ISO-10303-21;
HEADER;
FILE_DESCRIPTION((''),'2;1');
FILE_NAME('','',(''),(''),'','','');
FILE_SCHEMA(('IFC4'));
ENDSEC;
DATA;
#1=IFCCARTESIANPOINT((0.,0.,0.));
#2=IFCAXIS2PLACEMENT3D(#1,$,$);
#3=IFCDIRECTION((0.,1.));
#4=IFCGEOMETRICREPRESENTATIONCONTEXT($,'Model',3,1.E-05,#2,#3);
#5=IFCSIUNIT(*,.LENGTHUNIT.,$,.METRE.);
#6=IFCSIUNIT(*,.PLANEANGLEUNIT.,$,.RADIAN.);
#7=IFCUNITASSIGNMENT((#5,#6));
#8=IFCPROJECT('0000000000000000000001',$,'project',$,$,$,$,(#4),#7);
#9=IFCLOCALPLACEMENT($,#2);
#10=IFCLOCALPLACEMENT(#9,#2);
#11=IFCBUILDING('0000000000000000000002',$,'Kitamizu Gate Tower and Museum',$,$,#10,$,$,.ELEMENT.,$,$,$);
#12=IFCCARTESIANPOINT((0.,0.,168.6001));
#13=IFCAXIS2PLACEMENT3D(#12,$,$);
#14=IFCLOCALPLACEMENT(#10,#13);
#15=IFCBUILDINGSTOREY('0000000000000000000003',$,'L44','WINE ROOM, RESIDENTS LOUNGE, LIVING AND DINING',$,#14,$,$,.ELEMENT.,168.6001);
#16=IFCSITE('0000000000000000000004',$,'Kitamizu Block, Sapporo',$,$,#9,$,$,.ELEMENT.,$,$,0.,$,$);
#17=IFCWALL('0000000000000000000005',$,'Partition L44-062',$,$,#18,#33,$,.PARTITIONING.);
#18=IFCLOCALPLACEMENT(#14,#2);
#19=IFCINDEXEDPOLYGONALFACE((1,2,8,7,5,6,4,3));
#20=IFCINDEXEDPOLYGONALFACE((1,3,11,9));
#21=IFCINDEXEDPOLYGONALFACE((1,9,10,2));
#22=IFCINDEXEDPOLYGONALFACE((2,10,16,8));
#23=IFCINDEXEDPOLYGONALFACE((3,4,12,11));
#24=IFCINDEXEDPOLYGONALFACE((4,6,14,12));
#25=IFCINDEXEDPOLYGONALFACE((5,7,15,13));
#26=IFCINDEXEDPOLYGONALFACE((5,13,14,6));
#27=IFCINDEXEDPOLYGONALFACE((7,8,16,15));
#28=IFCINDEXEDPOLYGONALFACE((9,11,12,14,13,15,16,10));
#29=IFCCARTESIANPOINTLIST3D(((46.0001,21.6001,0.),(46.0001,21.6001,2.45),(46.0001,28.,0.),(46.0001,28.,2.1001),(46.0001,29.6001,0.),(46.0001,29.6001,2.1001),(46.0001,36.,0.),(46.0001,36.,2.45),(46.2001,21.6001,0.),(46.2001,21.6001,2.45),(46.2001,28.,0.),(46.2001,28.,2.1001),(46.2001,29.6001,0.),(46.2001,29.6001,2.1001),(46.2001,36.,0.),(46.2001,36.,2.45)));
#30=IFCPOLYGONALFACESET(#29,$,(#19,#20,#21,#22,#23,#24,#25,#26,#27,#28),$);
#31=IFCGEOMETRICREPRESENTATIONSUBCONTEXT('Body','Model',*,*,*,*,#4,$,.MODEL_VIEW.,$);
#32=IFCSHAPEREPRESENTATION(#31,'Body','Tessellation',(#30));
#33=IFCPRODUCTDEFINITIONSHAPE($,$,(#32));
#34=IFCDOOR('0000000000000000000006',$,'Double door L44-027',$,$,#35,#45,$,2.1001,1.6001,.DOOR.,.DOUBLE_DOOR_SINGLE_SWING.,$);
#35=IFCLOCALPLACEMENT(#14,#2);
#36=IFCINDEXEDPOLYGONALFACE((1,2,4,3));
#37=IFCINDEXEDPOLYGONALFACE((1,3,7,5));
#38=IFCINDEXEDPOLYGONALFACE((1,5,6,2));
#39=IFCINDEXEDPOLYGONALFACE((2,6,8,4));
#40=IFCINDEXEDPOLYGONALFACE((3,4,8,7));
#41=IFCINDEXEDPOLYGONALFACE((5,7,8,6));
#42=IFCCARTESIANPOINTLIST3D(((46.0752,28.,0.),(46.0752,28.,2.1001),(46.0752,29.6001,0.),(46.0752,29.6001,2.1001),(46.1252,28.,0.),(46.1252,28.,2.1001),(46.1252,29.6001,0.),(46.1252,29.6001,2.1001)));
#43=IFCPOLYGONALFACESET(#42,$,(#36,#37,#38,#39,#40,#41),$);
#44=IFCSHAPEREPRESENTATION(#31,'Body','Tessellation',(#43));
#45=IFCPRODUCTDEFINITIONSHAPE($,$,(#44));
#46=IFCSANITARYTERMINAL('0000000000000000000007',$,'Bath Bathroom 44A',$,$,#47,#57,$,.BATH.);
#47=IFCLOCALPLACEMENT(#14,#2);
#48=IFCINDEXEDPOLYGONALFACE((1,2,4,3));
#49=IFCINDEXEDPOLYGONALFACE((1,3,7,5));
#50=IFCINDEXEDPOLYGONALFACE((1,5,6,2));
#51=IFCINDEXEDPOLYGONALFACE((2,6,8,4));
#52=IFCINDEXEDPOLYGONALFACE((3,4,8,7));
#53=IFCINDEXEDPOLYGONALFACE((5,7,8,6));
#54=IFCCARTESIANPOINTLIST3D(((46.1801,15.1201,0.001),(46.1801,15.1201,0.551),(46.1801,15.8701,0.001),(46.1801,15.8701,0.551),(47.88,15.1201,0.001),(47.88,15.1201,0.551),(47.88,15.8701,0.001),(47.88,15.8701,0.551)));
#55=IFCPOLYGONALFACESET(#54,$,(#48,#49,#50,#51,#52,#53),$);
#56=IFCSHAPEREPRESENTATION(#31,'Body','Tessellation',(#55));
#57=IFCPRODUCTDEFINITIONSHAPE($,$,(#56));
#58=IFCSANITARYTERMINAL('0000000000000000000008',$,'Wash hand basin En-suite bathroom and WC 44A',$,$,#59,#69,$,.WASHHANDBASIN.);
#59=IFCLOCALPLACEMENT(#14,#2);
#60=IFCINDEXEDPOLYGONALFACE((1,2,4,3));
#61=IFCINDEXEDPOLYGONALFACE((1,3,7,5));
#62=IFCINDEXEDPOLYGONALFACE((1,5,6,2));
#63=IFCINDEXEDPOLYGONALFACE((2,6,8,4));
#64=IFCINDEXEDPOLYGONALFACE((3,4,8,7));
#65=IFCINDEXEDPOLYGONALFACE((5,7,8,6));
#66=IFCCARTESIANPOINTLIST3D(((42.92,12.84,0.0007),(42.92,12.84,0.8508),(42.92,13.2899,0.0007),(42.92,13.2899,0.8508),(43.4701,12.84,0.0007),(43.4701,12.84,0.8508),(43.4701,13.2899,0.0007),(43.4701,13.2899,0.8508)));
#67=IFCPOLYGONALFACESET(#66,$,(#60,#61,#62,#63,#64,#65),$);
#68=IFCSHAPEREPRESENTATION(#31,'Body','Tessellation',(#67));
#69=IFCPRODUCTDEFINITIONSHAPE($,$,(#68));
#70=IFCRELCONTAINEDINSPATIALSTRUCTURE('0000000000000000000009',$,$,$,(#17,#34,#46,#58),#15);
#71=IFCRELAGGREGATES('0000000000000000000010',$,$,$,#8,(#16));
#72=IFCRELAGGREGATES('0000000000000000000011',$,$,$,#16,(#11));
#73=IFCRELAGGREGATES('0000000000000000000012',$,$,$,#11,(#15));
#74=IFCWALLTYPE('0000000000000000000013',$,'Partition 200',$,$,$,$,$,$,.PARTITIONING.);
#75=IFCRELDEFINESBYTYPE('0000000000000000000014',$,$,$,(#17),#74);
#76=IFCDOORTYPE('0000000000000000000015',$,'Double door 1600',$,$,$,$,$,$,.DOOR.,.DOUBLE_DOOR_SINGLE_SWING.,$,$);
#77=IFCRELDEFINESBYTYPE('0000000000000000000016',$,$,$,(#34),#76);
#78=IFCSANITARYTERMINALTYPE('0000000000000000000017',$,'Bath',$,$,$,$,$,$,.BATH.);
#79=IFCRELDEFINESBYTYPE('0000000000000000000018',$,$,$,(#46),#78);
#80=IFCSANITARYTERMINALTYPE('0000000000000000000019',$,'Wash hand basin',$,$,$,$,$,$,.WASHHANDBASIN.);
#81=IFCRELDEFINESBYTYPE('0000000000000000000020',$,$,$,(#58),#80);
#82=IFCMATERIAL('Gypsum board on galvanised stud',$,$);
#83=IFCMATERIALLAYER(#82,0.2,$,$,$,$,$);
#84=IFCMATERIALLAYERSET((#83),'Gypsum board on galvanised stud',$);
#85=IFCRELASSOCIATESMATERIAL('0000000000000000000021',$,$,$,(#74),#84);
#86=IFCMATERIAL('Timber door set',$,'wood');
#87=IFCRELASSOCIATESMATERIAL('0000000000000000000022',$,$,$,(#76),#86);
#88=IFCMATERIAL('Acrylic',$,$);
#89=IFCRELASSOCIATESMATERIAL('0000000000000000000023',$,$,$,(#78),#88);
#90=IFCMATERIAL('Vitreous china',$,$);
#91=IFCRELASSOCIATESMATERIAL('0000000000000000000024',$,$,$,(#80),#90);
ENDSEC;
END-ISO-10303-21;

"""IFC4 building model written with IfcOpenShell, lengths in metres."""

from ifc_helpers import new_model, si_unit, direction, frame, frame_2d, origin, origin_2d, place, context, subcontext, project, spatial, rectangle, extrude, material, layer, layer_set, type_object, element, fill, save


model = new_model("IFC4")

# Units and contexts
model_context = context("Model", 3, precision=1e-05, world=origin(), true_north=direction((0.0, 1.0)))
body_context = subcontext(model_context, "Body", "Model", "MODEL_VIEW")
ifc_project = project(units=[si_unit("LENGTHUNIT", "METRE"), si_unit("PLANEANGLEUNIT", "RADIAN")], contexts=[model_context])

# Site, building, storey
site_placement = place(None, origin())
site = spatial("IfcSite", under=ifc_project, at=site_placement, Name="Kitamizu Block, Sapporo", CompositionType="ELEMENT", RefElevation=0.0)
building_placement = place(site_placement, origin())
building = spatial("IfcBuilding", under=site, at=building_placement, Name="Kitamizu Gate Tower and Museum", CompositionType="ELEMENT")
storey_placement = place(building_placement, frame((0.0, 0.0, 168.6001)))
storey = spatial("IfcBuildingStorey", under=building, at=storey_placement, Name="L44", Description="WINE ROOM, RESIDENTS LOUNGE, LIVING AND DINING", CompositionType="ELEMENT", Elevation=168.6001)

# Shared definitions
ifc_material_1 = material(Name="Gypsum board on galvanised stud")
ifc_layer_1 = layer(ifc_material_1, 0.2)
ifc_layer_set_1 = layer_set([ifc_layer_1], Name="Gypsum board on galvanised stud")
wall_type_1 = type_object("IfcWallType", Name="Partition 200", PredefinedType="PARTITIONING", material=ifc_layer_set_1)

# Wall, opening, door
wall_1_placement = place(storey_placement, frame((46.1001, 21.6001, 0.0), z_axis=(0.0, 0.0, 1.0), x_axis=(0.0, 1.0, 0.0)))
wall_1 = element("IfcWall", 1, at=wall_1_placement, inside=storey, type_object=wall_type_1, Name="Partition L44-062", PredefinedType="PARTITIONING", context=body_context, shape_type="SweptSolid", body=[
    extrude(rectangle(XDim=14.3999, YDim=0.2, at=frame_2d((7.2, 0.0))), origin(), (0.0, 0.0, 1.0), 2.45),
])
opening_1_placement = place(wall_1_placement, frame((6.3999, 0.0, 0.0)))
opening_1 = element("IfcOpeningElement", 2, at=opening_1_placement, cuts=wall_1, PredefinedType="OPENING", context=body_context, shape_type="SweptSolid", body=[
    extrude(rectangle(XDim=1.6001, YDim=2.1001, at=frame_2d((0.8, 1.05))), frame((0.0, 0.1099, 0.0), z_axis=(0.0, -1.0, 0.0), x_axis=(1.0, 0.0, 0.0)), (0.0, 0.0, 1.0), 0.22),
])
ifc_material_2 = material(Name="Timber door set", Category="wood")
door_type_1 = type_object("IfcDoorType", Name="Double door 1600", OperationType="DOUBLE_DOOR_SINGLE_SWING", PredefinedType="DOOR", material=ifc_material_2)
door_1_placement = place(opening_1_placement, origin())
door_1 = element("IfcDoor", 3, at=door_1_placement, inside=storey, type_object=door_type_1, Name="Double door L44-027", OperationType="DOUBLE_DOOR_SINGLE_SWING", OverallHeight=2.1001, OverallWidth=1.6001, PredefinedType="DOOR", context=body_context, shape_type="SweptSolid", body=[
    extrude(rectangle(XDim=1.6001, YDim=2.1001, at=frame_2d((0.8, 1.05))), frame((0.0, 0.0249, 0.0), z_axis=(0.0, -1.0, 0.0), x_axis=(1.0, 0.0, 0.0)), (0.0, 0.0, 1.0), 0.05),
])
fill(opening_1, door_1)

# Sanitary terminals
ifc_material_3 = material(Name="Acrylic")
sanitary_terminal_type_1 = type_object("IfcSanitaryTerminalType", Name="Bath", PredefinedType="BATH", material=ifc_material_3)
sanitary_terminal_1_placement = place(storey_placement, frame((47.03, 15.4951, 0.001), z_axis=(0.0, 0.0, 1.0), x_axis=(1.0, 0.0, 0.0)))
element("IfcSanitaryTerminal", 4, at=sanitary_terminal_1_placement, inside=storey, type_object=sanitary_terminal_type_1, Name="Bath Bathroom 44A", PredefinedType="BATH", context=body_context, shape_type="SweptSolid", body=[
    extrude(rectangle(XDim=1.7, YDim=0.75, at=origin_2d()), origin(), (0.0, 0.0, 1.0), 0.55),
])
ifc_material_4 = material(Name="Vitreous china")
sanitary_terminal_type_2 = type_object("IfcSanitaryTerminalType", Name="Wash hand basin", PredefinedType="WASHHANDBASIN", material=ifc_material_4)
sanitary_terminal_2_placement = place(storey_placement, frame((43.1951, 13.0649, 0.0007), z_axis=(0.0, 0.0, 1.0), x_axis=(1.0, 0.0, 0.0)))
element("IfcSanitaryTerminal", 5, at=sanitary_terminal_2_placement, inside=storey, type_object=sanitary_terminal_type_2, Name="Wash hand basin En-suite bathroom and WC 44A", PredefinedType="WASHHANDBASIN", context=body_context, shape_type="SweptSolid", body=[
    extrude(rectangle(XDim=0.55, YDim=0.45, at=origin_2d()), origin(), (0.0, 0.0, 1.0), 0.8501),
])

save(model, "model.ifc")
